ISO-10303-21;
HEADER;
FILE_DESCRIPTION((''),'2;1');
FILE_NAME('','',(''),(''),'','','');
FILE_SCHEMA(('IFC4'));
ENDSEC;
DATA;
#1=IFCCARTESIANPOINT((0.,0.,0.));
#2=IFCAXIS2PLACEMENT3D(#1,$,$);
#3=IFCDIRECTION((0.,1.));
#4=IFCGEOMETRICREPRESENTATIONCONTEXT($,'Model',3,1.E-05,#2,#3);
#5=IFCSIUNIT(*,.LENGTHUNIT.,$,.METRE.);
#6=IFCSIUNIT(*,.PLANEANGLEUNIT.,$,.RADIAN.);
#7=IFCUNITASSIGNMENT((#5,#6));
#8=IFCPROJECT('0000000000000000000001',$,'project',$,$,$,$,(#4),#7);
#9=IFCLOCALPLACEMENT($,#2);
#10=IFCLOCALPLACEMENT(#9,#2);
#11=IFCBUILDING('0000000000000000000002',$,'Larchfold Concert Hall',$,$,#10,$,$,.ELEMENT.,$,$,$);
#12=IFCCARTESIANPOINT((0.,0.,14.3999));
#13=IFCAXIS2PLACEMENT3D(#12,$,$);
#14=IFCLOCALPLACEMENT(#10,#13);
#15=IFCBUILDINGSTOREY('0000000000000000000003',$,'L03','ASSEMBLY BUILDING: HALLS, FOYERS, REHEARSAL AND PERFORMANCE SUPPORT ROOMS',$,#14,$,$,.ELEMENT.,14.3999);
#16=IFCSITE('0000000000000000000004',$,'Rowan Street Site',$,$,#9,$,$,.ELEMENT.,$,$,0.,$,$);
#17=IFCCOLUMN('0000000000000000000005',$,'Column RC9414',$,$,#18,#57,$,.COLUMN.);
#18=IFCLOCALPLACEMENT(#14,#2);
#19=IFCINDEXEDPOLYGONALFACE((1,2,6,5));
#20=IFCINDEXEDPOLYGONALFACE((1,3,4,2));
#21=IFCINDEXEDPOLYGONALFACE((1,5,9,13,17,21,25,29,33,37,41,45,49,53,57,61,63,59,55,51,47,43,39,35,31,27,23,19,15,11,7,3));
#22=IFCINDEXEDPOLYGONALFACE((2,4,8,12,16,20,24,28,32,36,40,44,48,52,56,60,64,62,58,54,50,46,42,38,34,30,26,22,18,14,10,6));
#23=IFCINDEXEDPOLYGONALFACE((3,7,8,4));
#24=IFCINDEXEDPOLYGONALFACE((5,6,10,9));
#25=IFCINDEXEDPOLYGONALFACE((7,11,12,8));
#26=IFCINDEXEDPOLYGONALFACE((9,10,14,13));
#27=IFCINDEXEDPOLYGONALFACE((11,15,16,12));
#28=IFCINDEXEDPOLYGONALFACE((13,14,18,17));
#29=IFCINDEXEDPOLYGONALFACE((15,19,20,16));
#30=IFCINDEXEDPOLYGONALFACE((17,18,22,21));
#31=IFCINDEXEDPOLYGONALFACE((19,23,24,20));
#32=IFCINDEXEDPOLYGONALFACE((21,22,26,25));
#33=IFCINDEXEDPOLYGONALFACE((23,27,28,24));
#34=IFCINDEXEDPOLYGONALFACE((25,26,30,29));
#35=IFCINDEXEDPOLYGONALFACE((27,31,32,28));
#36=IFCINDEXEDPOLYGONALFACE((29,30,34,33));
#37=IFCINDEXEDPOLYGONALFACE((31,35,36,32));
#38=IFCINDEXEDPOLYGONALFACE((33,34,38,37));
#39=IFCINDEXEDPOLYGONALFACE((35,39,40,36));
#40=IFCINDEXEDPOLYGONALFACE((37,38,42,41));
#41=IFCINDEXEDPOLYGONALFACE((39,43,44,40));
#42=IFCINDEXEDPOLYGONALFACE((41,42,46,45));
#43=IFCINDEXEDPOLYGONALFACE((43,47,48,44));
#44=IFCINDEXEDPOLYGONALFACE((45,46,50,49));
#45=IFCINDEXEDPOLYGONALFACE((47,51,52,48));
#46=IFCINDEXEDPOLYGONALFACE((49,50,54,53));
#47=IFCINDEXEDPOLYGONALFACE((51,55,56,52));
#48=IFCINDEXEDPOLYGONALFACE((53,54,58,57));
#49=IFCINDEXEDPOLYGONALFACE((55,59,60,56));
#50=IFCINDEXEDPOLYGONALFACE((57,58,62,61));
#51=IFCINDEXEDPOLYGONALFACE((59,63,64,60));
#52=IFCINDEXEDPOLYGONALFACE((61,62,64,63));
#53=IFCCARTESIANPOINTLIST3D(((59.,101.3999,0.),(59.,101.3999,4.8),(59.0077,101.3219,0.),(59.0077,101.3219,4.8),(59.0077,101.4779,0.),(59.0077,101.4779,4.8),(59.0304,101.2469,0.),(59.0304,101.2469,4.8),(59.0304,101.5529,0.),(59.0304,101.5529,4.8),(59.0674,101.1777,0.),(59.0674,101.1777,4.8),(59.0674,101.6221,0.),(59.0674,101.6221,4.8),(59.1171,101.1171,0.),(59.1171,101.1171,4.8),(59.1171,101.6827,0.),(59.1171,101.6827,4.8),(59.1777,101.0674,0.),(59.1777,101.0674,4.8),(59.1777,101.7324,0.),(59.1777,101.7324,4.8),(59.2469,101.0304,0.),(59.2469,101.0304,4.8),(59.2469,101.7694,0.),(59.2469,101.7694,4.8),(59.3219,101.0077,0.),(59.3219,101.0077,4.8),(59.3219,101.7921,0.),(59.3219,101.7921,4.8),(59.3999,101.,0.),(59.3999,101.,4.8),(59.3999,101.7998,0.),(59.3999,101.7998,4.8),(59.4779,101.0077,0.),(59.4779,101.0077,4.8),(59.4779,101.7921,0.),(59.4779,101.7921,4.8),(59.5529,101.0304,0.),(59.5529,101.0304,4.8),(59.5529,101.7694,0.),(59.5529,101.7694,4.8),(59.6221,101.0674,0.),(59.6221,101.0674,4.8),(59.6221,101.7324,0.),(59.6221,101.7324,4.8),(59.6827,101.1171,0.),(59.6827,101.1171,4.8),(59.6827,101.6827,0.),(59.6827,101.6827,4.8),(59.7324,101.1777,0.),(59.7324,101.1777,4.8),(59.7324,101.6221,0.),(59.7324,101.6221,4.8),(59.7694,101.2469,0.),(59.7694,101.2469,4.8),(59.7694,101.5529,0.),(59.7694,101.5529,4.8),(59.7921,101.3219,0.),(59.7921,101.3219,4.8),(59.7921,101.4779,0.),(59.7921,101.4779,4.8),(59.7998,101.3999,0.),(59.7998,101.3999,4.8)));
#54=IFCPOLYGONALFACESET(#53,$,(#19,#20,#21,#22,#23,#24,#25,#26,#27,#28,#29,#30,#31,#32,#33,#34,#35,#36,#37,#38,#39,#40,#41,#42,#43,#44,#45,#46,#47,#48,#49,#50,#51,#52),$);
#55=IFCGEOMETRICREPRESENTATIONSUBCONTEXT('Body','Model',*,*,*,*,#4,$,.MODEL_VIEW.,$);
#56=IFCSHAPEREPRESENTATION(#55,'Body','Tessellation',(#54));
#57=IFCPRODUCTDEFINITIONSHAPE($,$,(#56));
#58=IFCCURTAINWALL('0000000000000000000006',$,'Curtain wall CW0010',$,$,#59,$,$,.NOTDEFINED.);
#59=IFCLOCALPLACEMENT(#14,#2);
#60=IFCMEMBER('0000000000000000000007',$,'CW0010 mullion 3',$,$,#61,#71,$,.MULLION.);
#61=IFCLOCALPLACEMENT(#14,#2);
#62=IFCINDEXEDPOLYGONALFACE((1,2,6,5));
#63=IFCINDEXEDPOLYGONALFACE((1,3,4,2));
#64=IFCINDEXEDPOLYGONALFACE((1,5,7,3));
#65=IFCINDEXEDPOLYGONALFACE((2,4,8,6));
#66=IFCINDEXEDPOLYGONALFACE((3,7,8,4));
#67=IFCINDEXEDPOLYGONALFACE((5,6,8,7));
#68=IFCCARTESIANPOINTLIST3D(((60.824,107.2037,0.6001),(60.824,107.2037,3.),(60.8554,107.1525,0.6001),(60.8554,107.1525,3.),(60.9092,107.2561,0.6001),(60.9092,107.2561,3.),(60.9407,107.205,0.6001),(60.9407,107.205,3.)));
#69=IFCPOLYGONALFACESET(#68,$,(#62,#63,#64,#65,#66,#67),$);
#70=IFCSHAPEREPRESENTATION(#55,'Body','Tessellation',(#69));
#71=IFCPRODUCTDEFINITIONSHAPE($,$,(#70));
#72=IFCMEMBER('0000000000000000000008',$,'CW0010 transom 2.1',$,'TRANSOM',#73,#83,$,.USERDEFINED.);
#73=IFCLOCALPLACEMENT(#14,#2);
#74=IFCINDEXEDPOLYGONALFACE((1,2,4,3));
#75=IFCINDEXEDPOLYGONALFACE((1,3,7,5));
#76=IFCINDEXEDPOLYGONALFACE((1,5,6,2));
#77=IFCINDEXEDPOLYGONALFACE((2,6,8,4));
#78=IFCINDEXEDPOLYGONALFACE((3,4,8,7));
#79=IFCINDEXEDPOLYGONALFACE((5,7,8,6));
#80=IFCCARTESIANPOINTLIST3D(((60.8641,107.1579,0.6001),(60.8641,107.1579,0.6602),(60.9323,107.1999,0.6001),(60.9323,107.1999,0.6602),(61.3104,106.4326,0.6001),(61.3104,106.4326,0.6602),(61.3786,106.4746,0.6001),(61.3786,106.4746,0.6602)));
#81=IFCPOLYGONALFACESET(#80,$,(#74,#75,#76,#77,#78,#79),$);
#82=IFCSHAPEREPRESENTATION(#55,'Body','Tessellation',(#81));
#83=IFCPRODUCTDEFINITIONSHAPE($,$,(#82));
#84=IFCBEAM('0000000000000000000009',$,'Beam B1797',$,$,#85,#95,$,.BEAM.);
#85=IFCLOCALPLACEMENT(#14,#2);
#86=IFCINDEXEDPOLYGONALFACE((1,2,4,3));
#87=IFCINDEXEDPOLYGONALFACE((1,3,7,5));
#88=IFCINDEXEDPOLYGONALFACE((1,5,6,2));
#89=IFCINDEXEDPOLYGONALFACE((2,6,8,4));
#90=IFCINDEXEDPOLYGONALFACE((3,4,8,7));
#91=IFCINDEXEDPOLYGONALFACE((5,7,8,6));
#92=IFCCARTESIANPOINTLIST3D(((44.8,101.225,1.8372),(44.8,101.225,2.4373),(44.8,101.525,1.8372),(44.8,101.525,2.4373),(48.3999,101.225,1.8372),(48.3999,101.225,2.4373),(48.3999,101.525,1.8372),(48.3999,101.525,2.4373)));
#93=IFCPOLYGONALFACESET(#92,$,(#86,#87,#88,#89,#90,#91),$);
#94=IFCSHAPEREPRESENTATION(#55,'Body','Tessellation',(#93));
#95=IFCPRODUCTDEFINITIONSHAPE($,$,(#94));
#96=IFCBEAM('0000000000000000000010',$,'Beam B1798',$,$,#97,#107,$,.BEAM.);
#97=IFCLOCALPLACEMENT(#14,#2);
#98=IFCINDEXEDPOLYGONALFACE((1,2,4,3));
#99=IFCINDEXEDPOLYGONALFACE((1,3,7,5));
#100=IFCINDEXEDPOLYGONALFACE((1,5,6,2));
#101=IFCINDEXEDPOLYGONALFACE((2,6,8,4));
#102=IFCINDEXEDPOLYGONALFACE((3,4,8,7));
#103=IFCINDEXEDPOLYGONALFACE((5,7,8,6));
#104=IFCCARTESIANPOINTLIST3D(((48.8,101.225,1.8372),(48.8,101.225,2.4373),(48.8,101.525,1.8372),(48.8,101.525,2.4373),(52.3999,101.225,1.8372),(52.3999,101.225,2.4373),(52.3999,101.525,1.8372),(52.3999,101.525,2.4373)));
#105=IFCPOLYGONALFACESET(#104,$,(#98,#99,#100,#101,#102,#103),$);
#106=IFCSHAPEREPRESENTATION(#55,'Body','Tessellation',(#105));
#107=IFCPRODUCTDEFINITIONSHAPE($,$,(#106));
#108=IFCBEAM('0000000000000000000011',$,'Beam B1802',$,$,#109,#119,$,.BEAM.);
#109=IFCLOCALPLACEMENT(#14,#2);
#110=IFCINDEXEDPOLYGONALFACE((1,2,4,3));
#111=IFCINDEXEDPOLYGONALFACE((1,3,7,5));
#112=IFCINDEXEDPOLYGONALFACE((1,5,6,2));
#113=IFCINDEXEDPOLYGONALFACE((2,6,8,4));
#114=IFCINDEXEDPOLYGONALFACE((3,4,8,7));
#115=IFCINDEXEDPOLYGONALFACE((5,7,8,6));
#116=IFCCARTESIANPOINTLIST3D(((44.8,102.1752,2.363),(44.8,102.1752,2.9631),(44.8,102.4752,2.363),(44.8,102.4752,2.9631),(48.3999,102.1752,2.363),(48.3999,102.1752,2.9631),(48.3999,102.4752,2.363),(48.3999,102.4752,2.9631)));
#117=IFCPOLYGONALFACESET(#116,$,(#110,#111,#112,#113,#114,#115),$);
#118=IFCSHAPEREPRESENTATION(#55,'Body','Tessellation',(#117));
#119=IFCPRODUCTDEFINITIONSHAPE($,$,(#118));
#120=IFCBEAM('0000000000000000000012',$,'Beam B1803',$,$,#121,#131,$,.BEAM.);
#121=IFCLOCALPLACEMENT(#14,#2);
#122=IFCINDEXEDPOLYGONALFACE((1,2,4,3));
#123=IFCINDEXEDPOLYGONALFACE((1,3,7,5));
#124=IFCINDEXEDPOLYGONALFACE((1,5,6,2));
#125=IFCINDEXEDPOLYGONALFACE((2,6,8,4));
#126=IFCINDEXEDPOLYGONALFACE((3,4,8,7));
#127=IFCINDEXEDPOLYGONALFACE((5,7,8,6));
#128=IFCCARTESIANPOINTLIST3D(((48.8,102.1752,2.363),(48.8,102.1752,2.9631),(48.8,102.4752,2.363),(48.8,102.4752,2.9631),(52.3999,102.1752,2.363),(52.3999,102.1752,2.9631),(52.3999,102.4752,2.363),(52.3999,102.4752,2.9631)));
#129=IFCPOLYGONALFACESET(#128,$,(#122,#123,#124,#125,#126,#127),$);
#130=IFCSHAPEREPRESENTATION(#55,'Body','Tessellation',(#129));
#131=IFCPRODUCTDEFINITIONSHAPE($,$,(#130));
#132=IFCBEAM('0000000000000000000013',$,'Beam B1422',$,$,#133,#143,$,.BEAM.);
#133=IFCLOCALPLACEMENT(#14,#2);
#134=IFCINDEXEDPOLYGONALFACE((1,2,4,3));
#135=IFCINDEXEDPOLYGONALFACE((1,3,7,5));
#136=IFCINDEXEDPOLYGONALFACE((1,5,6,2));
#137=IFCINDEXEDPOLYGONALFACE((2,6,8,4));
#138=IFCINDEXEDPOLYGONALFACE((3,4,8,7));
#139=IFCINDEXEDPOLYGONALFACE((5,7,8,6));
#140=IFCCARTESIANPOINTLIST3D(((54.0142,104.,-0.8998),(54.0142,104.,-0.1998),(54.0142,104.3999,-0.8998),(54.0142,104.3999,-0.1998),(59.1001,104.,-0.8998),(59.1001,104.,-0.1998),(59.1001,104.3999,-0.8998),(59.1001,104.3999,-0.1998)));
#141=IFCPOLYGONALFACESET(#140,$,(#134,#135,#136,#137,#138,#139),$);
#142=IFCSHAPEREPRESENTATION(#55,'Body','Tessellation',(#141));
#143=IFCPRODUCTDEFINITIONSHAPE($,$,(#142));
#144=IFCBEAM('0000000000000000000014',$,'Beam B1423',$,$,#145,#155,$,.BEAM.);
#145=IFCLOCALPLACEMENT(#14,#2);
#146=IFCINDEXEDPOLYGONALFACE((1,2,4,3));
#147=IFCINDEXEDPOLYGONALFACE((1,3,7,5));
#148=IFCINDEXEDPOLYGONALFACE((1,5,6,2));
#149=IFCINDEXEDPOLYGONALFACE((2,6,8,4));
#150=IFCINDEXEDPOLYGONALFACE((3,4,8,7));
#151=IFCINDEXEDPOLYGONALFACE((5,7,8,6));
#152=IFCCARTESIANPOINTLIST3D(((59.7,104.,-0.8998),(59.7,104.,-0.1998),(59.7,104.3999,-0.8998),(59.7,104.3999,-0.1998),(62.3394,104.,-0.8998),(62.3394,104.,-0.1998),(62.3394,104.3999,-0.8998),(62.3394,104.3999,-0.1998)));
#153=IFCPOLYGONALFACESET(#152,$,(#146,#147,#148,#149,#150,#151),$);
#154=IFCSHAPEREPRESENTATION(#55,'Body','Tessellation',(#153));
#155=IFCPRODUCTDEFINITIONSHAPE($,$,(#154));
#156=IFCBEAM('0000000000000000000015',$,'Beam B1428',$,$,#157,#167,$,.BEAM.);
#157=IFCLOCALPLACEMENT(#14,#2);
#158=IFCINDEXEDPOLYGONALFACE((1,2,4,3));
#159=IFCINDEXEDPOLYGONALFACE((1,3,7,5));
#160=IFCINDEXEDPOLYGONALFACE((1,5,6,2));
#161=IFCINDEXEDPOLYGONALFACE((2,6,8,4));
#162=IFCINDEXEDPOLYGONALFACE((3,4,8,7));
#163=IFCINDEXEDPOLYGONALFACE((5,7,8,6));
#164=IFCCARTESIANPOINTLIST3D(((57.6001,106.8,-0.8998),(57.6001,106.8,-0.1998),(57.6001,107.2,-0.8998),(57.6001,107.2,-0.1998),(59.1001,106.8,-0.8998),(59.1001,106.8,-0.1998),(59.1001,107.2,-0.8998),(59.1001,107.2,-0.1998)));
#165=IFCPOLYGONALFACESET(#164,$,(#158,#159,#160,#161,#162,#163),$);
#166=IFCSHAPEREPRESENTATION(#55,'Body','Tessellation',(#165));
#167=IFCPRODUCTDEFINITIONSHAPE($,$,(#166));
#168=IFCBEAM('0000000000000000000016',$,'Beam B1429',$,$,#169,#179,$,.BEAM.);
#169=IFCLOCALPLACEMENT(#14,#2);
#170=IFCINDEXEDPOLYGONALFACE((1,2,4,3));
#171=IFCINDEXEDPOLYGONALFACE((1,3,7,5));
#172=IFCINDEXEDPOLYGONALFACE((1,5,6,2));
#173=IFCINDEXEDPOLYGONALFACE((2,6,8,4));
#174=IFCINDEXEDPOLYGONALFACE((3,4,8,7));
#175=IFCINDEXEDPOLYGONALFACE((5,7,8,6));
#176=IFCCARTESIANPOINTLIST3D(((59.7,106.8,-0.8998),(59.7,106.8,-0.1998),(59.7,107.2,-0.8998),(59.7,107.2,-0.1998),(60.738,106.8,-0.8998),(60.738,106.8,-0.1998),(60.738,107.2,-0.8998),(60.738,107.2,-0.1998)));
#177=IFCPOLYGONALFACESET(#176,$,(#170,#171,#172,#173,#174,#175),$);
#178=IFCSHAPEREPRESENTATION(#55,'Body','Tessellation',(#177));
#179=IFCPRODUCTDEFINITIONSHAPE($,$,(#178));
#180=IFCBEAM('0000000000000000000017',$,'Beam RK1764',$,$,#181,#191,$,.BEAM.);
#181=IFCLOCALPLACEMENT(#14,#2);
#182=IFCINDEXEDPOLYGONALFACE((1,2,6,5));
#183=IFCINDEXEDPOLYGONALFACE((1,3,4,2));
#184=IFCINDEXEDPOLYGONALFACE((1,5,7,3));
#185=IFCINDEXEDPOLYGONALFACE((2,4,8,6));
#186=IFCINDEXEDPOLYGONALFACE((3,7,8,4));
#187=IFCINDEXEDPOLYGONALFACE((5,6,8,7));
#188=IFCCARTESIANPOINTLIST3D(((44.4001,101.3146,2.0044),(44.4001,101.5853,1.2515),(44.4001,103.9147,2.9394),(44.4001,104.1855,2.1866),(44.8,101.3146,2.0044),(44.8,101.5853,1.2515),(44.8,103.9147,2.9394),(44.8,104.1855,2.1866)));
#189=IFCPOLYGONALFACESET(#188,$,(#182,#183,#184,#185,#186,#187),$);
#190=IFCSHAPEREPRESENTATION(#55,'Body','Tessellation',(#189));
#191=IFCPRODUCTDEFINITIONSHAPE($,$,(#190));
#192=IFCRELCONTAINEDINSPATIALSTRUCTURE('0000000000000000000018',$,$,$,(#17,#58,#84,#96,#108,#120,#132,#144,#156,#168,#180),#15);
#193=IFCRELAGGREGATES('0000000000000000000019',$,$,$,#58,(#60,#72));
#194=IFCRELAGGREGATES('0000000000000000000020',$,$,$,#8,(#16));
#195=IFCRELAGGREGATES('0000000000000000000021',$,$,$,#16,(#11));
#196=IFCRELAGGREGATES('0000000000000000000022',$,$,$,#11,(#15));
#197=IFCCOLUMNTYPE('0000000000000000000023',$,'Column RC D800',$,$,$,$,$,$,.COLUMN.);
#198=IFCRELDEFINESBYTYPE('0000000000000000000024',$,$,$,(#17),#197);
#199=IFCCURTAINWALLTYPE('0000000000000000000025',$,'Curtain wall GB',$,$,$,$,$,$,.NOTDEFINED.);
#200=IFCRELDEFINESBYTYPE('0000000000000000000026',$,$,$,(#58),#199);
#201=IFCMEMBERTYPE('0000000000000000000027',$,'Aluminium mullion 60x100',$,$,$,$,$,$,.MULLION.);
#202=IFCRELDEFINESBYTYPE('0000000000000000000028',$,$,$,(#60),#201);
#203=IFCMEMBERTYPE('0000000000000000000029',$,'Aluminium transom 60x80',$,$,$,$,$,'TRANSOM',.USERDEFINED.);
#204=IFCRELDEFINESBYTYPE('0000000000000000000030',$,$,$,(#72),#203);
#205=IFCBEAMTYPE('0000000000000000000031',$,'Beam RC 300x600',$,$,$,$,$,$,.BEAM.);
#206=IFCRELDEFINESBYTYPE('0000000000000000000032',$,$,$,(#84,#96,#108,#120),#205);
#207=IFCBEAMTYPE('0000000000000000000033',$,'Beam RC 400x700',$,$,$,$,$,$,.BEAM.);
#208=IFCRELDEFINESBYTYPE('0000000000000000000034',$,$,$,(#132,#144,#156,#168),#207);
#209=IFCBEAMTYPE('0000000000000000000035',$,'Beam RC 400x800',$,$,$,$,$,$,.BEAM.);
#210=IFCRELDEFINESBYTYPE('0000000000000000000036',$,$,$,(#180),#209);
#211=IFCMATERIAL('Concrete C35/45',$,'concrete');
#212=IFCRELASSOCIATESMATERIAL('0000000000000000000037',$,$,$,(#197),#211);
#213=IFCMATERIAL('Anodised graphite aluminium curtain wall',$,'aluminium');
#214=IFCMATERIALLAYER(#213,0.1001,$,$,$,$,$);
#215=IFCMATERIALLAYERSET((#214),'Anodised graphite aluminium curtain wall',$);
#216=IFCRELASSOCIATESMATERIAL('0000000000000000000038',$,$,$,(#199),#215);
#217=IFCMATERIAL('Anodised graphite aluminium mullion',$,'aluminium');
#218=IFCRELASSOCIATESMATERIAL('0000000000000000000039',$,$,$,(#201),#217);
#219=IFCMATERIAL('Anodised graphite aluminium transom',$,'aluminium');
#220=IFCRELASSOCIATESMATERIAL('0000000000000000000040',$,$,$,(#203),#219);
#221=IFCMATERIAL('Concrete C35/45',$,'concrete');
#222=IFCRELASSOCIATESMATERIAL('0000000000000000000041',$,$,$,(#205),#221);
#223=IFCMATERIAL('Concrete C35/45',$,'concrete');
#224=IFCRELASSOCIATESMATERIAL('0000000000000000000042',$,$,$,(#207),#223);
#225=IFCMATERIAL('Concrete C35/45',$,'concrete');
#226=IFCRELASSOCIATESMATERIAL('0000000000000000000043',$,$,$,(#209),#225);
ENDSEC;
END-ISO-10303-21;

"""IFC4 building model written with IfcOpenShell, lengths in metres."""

from ifc_helpers import new_model, si_unit, direction, frame, origin, origin_2d, place, context, subcontext, project, spatial, rectangle, circle, extrude, material, layer, layer_set, material_profile, profile_set, type_object, element, aggregate, save


model = new_model("IFC4")

# Units and contexts
model_context = context("Model", 3, precision=1e-05, world=origin(), true_north=direction((0.0, 1.0)))
body_context = subcontext(model_context, "Body", "Model", "MODEL_VIEW")
ifc_project = project(units=[si_unit("LENGTHUNIT", "METRE"), si_unit("PLANEANGLEUNIT", "RADIAN")], contexts=[model_context])

# Site, building, storey
site_placement = place(None, origin())
site = spatial("IfcSite", under=ifc_project, at=site_placement, Name="Rowan Street Site", CompositionType="ELEMENT", RefElevation=0.0)
building_placement = place(site_placement, origin())
building = spatial("IfcBuilding", under=site, at=building_placement, Name="Larchfold Concert Hall", CompositionType="ELEMENT")
storey_placement = place(building_placement, frame((0.0, 0.0, 14.3999)))
storey = spatial("IfcBuildingStorey", under=building, at=storey_placement, Name="L03", Description="ASSEMBLY BUILDING: HALLS, FOYERS, REHEARSAL AND PERFORMANCE SUPPORT ROOMS", CompositionType="ELEMENT", Elevation=14.3999)

# Column
ifc_material_1 = material(Name="Concrete C35/45", Category="concrete")
ifc_material_profile_1 = material_profile(ifc_material_1, circle(Radius=0.3999, at=origin_2d()))
ifc_profile_set_1 = profile_set([ifc_material_profile_1], Name="Concrete C35/45")
column_type = type_object("IfcColumnType", Name="Column RC D800", PredefinedType="COLUMN", material=ifc_profile_set_1)
column_placement = place(storey_placement, frame((59.3999, 101.3999, 0.0), z_axis=(0.0, 0.0, 1.0), x_axis=(1.0, 0.0, 0.0)))
element("IfcColumn", 1, at=column_placement, inside=storey, type_object=column_type, Name="Column RC9414", PredefinedType="COLUMN", context=body_context, shape_type="SweptSolid", body=[
    extrude(circle(Radius=0.3999, at=origin_2d()), origin(), (0.0, 0.0, 1.0), 4.8),
])

# Curtain wall, members
ifc_material_2 = material(Name="Anodised graphite aluminium curtain wall", Category="aluminium")
ifc_layer_1 = layer(ifc_material_2, 0.1001)
ifc_layer_set_1 = layer_set([ifc_layer_1], Name="Anodised graphite aluminium curtain wall")
curtain_wall_type = type_object("IfcCurtainWallType", Name="Curtain wall GB", PredefinedType="NOTDEFINED", material=ifc_layer_set_1)
curtain_wall_placement = place(storey_placement, origin())
curtain_wall = element("IfcCurtainWall", 2, at=curtain_wall_placement, inside=storey, type_object=curtain_wall_type, Name="Curtain wall CW0010", PredefinedType="NOTDEFINED")
ifc_material_3 = material(Name="Anodised graphite aluminium mullion", Category="aluminium")
ifc_material_profile_2 = material_profile(ifc_material_3, rectangle(XDim=0.1001, YDim=0.0601, at=origin_2d()))
ifc_profile_set_2 = profile_set([ifc_material_profile_2], Name="Anodised graphite aluminium mullion")
member_type_1 = type_object("IfcMemberType", Name="Aluminium mullion 60x100", PredefinedType="MULLION", material=ifc_profile_set_2)
member_1_placement = place(storey_placement, frame((60.8823, 107.2043, 0.6001), z_axis=(0.0, 0.0, 1.0), x_axis=(-0.851685, -0.524054, 0.0)))
member_1 = element("IfcMember", 3, at=member_1_placement, type_object=member_type_1, Name="CW0010 mullion 3", PredefinedType="MULLION", context=body_context, shape_type="SweptSolid", body=[
    extrude(rectangle(XDim=0.1001, YDim=0.0601, at=origin_2d()), origin(), (0.0, 0.0, 1.0), 2.3999),
])
ifc_material_4 = material(Name="Anodised graphite aluminium transom", Category="aluminium")
ifc_material_profile_3 = material_profile(ifc_material_4, rectangle(XDim=0.0801, YDim=0.0601, at=origin_2d()))
ifc_profile_set_3 = profile_set([ifc_material_profile_3], Name="Anodised graphite aluminium transom")
member_type_2 = type_object("IfcMemberType", Name="Aluminium transom 60x80", ElementType="TRANSOM", PredefinedType="USERDEFINED", material=ifc_profile_set_3)
member_2_placement = place(storey_placement, frame((61.3445, 106.4536, 0.6301), z_axis=(-0.524033, 0.851698, 0.0), x_axis=(-0.851698, -0.524033, 0.0)))
member_2 = element("IfcMember", 4, at=member_2_placement, type_object=member_type_2, Name="CW0010 transom 2.1", ObjectType="TRANSOM", PredefinedType="USERDEFINED", context=body_context, shape_type="SweptSolid", body=[
    extrude(rectangle(XDim=0.0801, YDim=0.0601, at=origin_2d()), origin(), (0.0, 0.0, 1.0), 0.8516),
])

# Beams
ifc_material_5 = material(Name="Concrete C35/45", Category="concrete")
ifc_material_profile_4 = material_profile(ifc_material_5, rectangle(XDim=0.3, YDim=0.6001, at=origin_2d()))
ifc_profile_set_4 = profile_set([ifc_material_profile_4], Name="Concrete C35/45")
beam_type_1 = type_object("IfcBeamType", Name="Beam RC 300x600", PredefinedType="BEAM", material=ifc_profile_set_4)
for number, where, z_axis, x_axis, name in (
    (5, (44.8, 101.375, 2.1372), (1.0, 0.0, 0.0), (0.0, 1.0, 0.0), "Beam B1797"),
    (6, (48.8, 101.375, 2.1372), (1.0, 0.0, 0.0), (0.0, 1.0, 0.0), "Beam B1798"),
    (7, (44.8, 102.3252, 2.6631), (1.0, 0.0, 0.0), (0.0, 1.0, 0.0), "Beam B1802"),
    (8, (48.8, 102.3252, 2.6631), (1.0, 0.0, 0.0), (0.0, 1.0, 0.0), "Beam B1803"),
):
    element("IfcBeam", number, at=place(storey_placement, frame(where, z_axis=z_axis, x_axis=x_axis)), inside=storey, type_object=beam_type_1, Name=name, PredefinedType="BEAM", context=body_context, shape_type="SweptSolid", body=[
        extrude(rectangle(XDim=0.3, YDim=0.6001, at=origin_2d()), origin(), (0.0, 0.0, 1.0), 3.5999),
    ])
ifc_material_6 = material(Name="Concrete C35/45", Category="concrete")
ifc_material_profile_5 = material_profile(ifc_material_6, rectangle(XDim=0.3999, YDim=0.7, at=origin_2d()))
ifc_profile_set_5 = profile_set([ifc_material_profile_5], Name="Concrete C35/45")
beam_type_2 = type_object("IfcBeamType", Name="Beam RC 400x700", PredefinedType="BEAM", material=ifc_profile_set_5)
beam_1_placement = place(storey_placement, frame((54.0142, 104.2, -0.5498), z_axis=(1.0, 0.0, 0.0), x_axis=(0.0, 1.0, 0.0)))
element("IfcBeam", 9, at=beam_1_placement, inside=storey, type_object=beam_type_2, Name="Beam B1422", PredefinedType="BEAM", context=body_context, shape_type="SweptSolid", body=[
    extrude(rectangle(XDim=0.3999, YDim=0.7, at=origin_2d()), origin(), (0.0, 0.0, 1.0), 5.0859),
])
beam_2_placement = place(storey_placement, frame((59.7, 104.2, -0.5498), z_axis=(1.0, 0.0, 0.0), x_axis=(0.0, 1.0, 0.0)))
element("IfcBeam", 10, at=beam_2_placement, inside=storey, type_object=beam_type_2, Name="Beam B1423", PredefinedType="BEAM", context=body_context, shape_type="SweptSolid", body=[
    extrude(rectangle(XDim=0.3999, YDim=0.7, at=origin_2d()), origin(), (0.0, 0.0, 1.0), 2.6394),
])
beam_3_placement = place(storey_placement, frame((57.6001, 107.0, -0.5498), z_axis=(1.0, 0.0, 0.0), x_axis=(0.0, 1.0, 0.0)))
element("IfcBeam", 11, at=beam_3_placement, inside=storey, type_object=beam_type_2, Name="Beam B1428", PredefinedType="BEAM", context=body_context, shape_type="SweptSolid", body=[
    extrude(rectangle(XDim=0.3999, YDim=0.7, at=origin_2d()), origin(), (0.0, 0.0, 1.0), 1.5),
])
beam_4_placement = place(storey_placement, frame((59.7, 107.0, -0.5498), z_axis=(1.0, 0.0, 0.0), x_axis=(0.0, 1.0, 0.0)))
element("IfcBeam", 12, at=beam_4_placement, inside=storey, type_object=beam_type_2, Name="Beam B1429", PredefinedType="BEAM", context=body_context, shape_type="SweptSolid", body=[
    extrude(rectangle(XDim=0.3999, YDim=0.7, at=origin_2d()), origin(), (0.0, 0.0, 1.0), 1.0381),
])
ifc_material_7 = material(Name="Concrete C35/45", Category="concrete")
ifc_material_profile_6 = material_profile(ifc_material_7, rectangle(XDim=0.3999, YDim=0.8, at=origin_2d()))
ifc_profile_set_6 = profile_set([ifc_material_profile_6], Name="Concrete C35/45")
beam_type_3 = type_object("IfcBeamType", Name="Beam RC 400x800", PredefinedType="BEAM", material=ifc_profile_set_6)
for number, where, z_axis, x_axis, name in (
    (13, (44.6001, 101.45, 1.6279), (0.0, 0.941, 0.338407), (-1.0, 0.0, 0.0), "Beam RK1764"),
):
    element("IfcBeam", number, at=place(storey_placement, frame(where, z_axis=z_axis, x_axis=x_axis)), inside=storey, type_object=beam_type_3, Name=name, PredefinedType="BEAM", context=body_context, shape_type="SweptSolid", body=[
        extrude(rectangle(XDim=0.3999, YDim=0.8, at=origin_2d()), origin(), (0.0, 0.0, 1.0), 2.7632),
    ])

aggregate(curtain_wall, [member_1, member_2])

save(model, "model.ifc")
